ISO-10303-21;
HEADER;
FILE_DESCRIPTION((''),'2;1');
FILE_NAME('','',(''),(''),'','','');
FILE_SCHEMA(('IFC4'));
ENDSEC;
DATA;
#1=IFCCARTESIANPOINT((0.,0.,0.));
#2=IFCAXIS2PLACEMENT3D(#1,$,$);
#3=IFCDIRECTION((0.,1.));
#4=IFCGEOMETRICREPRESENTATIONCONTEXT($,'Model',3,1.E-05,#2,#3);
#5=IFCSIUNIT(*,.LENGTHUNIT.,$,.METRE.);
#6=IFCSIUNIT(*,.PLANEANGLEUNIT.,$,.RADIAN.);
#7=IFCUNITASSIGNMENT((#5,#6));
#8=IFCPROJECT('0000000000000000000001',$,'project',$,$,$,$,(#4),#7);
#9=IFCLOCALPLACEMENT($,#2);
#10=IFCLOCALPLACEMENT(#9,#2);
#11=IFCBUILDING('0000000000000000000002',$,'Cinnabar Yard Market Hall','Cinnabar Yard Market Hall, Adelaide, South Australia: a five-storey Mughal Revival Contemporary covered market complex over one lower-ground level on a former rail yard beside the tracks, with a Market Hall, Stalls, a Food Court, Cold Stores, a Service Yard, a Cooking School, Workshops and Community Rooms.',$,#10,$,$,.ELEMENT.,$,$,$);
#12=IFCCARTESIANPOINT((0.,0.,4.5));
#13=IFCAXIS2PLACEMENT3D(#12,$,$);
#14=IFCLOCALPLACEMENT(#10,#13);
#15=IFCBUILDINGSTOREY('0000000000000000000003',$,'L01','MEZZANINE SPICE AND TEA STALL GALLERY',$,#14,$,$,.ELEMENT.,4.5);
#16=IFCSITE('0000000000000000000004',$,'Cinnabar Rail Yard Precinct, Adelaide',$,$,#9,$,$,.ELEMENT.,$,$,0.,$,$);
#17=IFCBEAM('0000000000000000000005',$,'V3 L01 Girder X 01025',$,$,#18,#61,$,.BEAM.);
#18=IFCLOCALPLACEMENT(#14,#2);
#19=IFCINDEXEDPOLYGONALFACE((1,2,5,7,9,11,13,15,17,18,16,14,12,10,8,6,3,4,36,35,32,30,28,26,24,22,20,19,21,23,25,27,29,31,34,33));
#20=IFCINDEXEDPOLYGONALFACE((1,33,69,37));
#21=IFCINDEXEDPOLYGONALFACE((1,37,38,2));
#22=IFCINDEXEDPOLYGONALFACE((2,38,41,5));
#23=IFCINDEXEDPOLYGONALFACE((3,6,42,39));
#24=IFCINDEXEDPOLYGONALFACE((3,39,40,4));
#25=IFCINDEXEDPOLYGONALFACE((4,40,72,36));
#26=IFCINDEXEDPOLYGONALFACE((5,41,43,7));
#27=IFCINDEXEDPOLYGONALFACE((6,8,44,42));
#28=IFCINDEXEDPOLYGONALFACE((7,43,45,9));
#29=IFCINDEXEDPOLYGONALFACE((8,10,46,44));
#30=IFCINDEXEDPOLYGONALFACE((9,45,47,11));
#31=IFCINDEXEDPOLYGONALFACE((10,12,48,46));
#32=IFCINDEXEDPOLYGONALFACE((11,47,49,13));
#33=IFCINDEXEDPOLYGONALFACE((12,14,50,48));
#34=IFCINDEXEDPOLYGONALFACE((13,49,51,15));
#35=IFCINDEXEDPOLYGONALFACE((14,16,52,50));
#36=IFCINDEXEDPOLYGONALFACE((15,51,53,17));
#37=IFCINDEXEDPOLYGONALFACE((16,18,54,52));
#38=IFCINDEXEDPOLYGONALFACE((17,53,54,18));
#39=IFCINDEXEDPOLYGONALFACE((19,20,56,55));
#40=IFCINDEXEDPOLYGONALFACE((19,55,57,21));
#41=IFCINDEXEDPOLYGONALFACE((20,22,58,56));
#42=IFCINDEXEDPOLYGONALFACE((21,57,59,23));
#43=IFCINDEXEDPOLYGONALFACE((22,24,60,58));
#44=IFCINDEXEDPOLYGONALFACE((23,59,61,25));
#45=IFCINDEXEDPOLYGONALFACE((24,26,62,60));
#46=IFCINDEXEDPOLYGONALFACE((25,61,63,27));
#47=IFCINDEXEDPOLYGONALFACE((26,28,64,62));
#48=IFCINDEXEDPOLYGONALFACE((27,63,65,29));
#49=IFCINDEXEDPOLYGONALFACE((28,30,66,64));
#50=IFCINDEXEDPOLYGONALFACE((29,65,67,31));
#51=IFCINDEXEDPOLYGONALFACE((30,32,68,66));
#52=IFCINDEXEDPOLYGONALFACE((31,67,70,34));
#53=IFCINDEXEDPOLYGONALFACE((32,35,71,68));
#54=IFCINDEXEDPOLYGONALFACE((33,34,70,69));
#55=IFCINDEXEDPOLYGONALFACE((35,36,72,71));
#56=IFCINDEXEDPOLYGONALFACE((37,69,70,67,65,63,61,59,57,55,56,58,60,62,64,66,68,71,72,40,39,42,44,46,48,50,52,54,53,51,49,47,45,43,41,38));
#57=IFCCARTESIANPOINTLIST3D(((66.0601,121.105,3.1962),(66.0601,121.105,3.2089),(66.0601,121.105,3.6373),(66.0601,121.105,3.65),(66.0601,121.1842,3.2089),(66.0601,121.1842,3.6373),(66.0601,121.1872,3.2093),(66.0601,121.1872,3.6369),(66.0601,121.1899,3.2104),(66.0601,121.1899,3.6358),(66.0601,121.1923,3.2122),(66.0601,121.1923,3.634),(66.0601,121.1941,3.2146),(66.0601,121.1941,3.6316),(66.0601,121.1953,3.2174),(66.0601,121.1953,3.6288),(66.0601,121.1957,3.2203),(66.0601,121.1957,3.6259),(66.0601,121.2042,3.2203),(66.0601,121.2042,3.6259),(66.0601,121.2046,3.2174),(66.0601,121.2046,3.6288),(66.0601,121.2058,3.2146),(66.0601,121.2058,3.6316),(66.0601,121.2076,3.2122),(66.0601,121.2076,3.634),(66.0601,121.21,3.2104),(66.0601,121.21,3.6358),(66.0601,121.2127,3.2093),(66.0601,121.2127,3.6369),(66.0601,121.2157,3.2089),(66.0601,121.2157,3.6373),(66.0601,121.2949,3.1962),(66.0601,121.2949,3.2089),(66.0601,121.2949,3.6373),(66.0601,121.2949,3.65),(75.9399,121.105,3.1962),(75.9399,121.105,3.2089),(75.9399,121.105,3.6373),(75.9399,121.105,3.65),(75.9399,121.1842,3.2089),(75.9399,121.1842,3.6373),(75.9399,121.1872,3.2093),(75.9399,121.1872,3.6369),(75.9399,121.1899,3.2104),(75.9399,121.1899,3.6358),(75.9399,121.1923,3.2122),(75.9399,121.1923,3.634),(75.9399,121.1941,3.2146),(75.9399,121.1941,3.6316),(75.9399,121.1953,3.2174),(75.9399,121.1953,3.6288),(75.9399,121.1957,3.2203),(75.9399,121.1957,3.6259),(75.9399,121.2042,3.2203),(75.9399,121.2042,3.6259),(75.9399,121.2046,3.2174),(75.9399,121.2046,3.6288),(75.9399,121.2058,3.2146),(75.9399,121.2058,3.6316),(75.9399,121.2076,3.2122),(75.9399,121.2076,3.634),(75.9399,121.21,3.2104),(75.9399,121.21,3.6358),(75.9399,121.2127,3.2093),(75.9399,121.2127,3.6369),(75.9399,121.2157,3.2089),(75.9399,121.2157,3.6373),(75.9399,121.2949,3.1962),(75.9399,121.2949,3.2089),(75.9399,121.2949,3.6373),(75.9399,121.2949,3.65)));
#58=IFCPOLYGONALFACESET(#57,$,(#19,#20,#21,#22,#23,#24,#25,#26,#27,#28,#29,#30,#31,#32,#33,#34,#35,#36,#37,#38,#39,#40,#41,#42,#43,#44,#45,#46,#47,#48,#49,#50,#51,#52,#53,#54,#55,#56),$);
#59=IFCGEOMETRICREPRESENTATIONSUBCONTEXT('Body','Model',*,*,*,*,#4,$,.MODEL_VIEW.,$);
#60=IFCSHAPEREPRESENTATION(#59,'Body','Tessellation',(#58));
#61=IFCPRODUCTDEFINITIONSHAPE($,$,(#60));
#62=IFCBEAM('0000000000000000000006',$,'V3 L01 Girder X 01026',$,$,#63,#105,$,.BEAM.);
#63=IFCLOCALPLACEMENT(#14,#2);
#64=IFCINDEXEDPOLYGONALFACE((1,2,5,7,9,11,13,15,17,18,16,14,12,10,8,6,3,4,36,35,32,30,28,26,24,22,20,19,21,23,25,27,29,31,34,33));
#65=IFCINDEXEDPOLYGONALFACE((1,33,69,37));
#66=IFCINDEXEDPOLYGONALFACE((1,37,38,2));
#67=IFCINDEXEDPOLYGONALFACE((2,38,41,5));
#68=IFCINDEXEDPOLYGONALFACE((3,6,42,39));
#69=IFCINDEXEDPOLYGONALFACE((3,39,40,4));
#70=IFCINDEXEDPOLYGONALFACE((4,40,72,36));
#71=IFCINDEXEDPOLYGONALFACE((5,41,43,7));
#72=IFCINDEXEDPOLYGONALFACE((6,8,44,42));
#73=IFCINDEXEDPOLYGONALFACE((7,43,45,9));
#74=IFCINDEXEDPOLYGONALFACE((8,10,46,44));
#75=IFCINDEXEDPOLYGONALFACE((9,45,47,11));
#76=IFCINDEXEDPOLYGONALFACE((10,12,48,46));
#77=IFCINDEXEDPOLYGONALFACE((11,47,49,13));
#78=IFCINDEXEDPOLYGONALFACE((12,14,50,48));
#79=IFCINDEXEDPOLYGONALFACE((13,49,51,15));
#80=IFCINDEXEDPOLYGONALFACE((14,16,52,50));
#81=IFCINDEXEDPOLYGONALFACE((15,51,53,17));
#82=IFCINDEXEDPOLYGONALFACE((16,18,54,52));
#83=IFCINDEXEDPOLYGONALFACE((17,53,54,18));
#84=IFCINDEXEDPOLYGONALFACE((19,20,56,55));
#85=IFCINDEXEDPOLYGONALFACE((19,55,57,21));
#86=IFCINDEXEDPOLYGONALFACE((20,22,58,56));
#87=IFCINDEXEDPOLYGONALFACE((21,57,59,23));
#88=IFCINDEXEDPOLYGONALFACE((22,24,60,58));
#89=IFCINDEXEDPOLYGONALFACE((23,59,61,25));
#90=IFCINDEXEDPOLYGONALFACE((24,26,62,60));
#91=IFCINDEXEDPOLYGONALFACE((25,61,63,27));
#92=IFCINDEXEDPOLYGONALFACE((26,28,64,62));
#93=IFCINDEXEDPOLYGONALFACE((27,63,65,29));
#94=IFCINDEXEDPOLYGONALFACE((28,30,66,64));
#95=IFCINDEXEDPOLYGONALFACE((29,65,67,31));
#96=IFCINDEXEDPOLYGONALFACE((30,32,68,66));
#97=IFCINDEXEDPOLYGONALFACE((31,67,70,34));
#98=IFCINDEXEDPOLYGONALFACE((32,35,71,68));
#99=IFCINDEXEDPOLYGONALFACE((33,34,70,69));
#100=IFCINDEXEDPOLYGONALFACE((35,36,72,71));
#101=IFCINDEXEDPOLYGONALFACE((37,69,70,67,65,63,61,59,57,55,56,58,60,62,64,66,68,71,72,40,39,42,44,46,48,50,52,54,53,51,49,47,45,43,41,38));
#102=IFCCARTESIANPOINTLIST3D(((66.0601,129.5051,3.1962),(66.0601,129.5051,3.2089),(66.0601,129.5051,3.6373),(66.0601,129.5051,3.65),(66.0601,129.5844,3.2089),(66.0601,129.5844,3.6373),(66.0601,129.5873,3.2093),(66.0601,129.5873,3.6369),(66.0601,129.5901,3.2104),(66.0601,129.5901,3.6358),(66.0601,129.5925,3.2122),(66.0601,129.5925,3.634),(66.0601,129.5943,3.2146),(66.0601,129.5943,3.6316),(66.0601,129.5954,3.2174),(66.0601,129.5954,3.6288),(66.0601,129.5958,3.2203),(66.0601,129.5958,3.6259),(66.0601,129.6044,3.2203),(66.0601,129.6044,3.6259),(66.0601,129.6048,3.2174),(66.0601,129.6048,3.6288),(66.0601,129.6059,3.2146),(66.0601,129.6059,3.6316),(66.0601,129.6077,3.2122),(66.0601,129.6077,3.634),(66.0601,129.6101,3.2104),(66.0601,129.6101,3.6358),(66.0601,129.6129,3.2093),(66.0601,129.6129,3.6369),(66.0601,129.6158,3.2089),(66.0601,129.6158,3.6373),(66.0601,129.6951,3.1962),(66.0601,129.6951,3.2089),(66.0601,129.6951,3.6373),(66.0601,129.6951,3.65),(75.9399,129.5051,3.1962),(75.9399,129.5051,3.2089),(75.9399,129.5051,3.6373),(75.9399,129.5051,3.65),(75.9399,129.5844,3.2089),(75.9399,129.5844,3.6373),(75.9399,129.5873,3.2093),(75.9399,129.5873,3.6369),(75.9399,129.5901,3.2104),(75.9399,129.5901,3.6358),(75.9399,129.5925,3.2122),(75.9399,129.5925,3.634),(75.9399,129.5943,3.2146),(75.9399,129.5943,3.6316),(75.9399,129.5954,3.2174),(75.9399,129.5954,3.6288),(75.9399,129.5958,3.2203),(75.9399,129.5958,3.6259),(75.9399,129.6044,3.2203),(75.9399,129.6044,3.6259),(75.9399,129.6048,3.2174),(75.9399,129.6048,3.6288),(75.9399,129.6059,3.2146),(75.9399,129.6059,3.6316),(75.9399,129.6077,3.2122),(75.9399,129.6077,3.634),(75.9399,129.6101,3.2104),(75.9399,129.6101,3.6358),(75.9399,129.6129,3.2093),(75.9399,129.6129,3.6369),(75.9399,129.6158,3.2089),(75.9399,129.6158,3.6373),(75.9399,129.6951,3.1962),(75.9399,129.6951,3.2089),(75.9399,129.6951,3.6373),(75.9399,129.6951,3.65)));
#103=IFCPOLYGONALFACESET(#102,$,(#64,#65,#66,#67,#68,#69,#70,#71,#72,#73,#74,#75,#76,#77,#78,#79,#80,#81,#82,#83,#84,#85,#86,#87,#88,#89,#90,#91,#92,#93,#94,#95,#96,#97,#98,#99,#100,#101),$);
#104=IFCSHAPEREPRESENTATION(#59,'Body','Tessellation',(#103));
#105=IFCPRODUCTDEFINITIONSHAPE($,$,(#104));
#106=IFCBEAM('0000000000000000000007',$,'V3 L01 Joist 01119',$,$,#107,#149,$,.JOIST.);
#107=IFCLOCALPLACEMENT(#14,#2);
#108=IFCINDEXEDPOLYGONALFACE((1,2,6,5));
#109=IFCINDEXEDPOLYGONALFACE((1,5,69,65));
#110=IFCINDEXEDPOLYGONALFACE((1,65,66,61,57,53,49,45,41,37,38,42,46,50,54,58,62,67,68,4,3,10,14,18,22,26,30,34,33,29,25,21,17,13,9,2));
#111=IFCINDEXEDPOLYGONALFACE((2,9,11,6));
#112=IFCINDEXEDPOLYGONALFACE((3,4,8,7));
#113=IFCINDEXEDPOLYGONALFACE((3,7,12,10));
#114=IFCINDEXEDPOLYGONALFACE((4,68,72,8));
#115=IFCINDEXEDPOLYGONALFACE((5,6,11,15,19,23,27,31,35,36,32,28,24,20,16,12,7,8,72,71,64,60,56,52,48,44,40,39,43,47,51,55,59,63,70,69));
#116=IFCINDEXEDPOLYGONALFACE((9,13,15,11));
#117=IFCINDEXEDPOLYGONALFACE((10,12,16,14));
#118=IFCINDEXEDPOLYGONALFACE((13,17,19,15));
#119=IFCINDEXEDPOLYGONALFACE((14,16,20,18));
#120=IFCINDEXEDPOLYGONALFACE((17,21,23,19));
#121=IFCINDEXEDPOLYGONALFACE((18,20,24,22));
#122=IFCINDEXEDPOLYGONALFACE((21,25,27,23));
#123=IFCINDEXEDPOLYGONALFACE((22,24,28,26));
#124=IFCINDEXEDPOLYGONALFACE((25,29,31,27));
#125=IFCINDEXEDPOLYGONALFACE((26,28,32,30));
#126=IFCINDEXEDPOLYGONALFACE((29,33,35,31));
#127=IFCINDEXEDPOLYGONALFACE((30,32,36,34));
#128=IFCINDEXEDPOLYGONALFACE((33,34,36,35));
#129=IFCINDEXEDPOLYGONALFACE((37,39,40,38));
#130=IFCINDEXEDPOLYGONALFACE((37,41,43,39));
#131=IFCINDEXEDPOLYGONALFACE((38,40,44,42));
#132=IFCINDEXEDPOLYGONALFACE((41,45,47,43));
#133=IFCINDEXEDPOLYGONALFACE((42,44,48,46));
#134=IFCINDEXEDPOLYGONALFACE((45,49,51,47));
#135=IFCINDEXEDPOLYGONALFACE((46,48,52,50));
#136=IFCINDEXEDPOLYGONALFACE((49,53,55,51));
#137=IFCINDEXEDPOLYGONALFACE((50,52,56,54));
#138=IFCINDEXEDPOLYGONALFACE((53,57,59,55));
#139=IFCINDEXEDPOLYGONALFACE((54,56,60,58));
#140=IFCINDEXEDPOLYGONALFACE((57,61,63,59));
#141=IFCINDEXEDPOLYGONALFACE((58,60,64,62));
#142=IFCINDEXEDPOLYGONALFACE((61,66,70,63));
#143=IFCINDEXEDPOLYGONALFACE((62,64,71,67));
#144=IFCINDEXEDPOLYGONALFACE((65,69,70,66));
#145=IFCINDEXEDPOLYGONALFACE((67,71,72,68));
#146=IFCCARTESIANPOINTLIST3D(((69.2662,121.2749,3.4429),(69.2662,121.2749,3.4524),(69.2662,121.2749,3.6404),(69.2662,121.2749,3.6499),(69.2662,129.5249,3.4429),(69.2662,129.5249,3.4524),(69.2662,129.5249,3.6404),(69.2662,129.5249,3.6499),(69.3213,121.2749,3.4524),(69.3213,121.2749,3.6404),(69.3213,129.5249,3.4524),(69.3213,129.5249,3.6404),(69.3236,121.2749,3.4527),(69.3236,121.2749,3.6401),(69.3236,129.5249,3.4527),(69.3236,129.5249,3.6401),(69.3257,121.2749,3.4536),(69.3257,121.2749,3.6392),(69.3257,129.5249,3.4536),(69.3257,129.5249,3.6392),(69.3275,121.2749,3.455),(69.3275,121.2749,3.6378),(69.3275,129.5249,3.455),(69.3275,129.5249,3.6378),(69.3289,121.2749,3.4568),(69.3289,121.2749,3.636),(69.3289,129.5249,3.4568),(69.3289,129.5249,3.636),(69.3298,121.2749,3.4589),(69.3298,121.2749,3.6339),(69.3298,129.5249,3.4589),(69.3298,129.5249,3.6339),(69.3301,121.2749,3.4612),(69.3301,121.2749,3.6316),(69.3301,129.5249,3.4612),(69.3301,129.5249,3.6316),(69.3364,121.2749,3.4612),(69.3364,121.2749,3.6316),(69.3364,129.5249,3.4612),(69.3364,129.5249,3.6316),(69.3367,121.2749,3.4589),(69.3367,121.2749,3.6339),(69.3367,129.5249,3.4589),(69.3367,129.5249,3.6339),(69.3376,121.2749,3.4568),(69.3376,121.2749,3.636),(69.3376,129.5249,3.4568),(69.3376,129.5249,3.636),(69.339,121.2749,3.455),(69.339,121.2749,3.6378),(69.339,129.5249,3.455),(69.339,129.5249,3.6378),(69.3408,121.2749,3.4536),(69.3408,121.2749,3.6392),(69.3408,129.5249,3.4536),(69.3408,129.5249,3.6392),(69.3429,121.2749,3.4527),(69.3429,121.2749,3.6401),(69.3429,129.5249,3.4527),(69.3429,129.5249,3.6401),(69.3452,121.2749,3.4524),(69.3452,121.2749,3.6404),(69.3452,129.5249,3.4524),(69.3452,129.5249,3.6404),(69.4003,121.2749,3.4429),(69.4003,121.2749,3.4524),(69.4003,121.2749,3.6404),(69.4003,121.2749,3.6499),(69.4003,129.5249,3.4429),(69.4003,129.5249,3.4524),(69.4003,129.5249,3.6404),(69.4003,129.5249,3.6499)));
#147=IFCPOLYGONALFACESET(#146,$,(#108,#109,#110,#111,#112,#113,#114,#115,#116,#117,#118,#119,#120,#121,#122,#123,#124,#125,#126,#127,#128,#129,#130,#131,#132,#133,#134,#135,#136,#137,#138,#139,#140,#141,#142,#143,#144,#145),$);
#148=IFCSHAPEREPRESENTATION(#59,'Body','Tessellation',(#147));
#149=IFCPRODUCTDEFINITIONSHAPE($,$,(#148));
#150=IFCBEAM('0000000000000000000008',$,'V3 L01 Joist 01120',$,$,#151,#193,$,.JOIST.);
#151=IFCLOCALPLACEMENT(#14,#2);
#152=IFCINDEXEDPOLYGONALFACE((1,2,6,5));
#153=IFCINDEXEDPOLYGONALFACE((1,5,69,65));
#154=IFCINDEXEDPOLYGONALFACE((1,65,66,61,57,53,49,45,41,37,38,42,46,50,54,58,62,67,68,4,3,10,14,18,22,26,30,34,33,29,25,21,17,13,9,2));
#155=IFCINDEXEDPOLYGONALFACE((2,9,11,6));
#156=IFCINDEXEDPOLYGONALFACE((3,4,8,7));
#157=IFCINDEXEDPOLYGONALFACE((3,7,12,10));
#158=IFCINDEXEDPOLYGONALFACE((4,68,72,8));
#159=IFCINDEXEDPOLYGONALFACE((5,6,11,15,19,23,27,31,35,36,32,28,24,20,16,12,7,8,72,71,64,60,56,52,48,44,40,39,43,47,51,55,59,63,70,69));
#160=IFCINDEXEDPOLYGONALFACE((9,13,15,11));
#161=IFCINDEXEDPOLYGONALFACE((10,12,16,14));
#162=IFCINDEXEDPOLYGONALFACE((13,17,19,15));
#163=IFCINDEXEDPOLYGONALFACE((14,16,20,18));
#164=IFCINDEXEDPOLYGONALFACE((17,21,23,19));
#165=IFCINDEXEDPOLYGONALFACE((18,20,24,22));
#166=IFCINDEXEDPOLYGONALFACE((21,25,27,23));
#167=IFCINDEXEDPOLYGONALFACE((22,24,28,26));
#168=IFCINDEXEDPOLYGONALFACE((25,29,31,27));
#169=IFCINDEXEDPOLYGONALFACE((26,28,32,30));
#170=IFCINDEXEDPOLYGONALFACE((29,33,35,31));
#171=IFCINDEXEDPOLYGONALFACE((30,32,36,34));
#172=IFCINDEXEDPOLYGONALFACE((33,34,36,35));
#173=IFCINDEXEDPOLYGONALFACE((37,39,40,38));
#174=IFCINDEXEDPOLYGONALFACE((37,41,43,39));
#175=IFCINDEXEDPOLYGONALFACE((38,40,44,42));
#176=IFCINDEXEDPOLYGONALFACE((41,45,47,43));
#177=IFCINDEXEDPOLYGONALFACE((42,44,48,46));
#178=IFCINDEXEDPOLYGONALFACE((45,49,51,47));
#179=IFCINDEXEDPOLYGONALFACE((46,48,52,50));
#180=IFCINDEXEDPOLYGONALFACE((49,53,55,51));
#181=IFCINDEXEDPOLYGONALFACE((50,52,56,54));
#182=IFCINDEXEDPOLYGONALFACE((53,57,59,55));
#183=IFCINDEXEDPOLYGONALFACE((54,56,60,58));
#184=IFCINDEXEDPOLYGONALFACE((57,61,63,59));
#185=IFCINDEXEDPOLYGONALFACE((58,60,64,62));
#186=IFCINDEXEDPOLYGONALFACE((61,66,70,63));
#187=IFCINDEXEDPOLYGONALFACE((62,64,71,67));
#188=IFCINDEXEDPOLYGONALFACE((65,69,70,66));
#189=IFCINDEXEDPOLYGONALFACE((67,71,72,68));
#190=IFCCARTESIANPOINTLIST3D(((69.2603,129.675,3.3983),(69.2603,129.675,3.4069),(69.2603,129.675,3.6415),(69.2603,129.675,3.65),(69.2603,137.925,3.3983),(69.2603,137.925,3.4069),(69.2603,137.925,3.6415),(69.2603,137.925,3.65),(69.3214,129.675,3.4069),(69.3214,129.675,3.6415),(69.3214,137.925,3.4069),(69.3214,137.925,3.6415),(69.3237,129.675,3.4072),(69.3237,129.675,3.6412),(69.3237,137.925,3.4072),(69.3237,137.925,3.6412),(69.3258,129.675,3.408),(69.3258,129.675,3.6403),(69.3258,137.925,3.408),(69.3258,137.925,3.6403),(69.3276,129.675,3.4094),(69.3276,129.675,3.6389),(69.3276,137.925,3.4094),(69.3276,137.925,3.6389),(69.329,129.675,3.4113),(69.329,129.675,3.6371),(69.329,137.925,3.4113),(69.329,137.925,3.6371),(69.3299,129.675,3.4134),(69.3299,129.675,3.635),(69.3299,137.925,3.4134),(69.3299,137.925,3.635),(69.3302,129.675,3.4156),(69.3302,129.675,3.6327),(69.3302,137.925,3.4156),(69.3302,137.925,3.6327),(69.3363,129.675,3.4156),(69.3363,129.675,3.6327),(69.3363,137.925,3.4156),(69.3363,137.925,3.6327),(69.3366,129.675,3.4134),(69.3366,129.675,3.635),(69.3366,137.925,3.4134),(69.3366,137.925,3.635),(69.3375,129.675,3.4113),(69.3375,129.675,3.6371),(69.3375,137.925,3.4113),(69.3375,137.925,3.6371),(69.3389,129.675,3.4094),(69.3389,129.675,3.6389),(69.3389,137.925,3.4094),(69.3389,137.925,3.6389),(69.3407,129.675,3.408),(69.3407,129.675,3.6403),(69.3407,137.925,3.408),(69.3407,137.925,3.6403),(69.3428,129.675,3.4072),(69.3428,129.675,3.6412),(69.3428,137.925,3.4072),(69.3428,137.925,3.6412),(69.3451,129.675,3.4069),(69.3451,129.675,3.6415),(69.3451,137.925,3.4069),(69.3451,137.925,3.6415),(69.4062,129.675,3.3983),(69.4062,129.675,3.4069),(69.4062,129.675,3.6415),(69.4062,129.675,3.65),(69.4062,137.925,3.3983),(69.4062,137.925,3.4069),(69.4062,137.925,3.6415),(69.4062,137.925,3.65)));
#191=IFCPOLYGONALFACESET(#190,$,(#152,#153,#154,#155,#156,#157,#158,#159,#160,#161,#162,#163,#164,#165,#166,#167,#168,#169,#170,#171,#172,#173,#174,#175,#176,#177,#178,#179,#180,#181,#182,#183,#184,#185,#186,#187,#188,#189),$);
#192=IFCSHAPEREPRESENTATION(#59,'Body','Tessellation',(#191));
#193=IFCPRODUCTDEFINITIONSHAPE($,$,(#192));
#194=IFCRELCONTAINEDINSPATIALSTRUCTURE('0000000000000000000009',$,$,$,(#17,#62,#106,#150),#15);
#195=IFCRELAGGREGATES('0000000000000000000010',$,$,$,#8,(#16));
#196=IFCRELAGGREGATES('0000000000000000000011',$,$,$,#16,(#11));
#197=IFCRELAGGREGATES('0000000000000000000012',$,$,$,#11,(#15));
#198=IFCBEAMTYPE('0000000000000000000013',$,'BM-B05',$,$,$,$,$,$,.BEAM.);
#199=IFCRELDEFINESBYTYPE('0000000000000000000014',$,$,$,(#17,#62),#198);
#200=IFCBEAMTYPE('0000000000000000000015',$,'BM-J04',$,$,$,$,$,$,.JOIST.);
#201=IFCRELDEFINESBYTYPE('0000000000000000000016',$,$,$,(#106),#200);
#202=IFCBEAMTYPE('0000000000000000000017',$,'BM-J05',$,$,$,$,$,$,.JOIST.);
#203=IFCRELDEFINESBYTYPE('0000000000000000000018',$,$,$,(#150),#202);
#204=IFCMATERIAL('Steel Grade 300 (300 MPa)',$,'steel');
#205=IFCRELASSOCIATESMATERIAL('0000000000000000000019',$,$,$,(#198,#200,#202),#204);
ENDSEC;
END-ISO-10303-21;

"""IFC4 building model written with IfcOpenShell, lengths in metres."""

from ifc_helpers import new_model, si_unit, direction, frame, origin, origin_2d_with_axis, place, context, subcontext, project, spatial, i_section, extrude, material, material_profile, profile_set, type_object, element, save


model = new_model("IFC4")

# Units and contexts
model_context = context("Model", 3, precision=1e-05, world=origin(), true_north=direction((0.0, 1.0)))
body_context = subcontext(model_context, "Body", "Model", "MODEL_VIEW")
ifc_project = project(units=[si_unit("LENGTHUNIT", "METRE"), si_unit("PLANEANGLEUNIT", "RADIAN")], contexts=[model_context])

# Site, building, storey
site_placement = place(None, origin())
site = spatial("IfcSite", under=ifc_project, at=site_placement, Name="Cinnabar Rail Yard Precinct, Adelaide", CompositionType="ELEMENT", RefElevation=0.0)
building_placement = place(site_placement, origin())
building = spatial("IfcBuilding", under=site, at=building_placement, Name="Cinnabar Yard Market Hall", Description="Cinnabar Yard Market Hall, Adelaide, South Australia: a five-storey Mughal Revival Contemporary covered market complex over one lower-ground level on a former rail yard beside the tracks, with a Market Hall, Stalls, a Food Court, Cold Stores, a Service Yard, a Cooking School, Workshops and Community Rooms.", CompositionType="ELEMENT")
storey_placement = place(building_placement, frame((0.0, 0.0, 4.5)))
storey = spatial("IfcBuildingStorey", under=building, at=storey_placement, Name="L01", Description="MEZZANINE SPICE AND TEA STALL GALLERY", CompositionType="ELEMENT", Elevation=4.5)

# Shared definitions
ifc_material_1 = material(Name="Steel Grade 300 (300 MPa)", Category="steel")

# Beams
ifc_material_profile_1 = material_profile(ifc_material_1, i_section(OverallWidth=0.1899, OverallDepth=0.4539, WebThickness=0.0085, FlangeThickness=0.0127, FilletRadius=0.0115, at=origin_2d_with_axis()), Name="460UB67.1")
ifc_profile_set_1 = profile_set([ifc_material_profile_1], Name="Steel Grade 300 (300 MPa)")
beam_type_1 = type_object("IfcBeamType", Name="BM-B05", PredefinedType="BEAM", material=ifc_profile_set_1)
for number, where, z_axis, x_axis, name in (
    (1, (66.0601, 121.2, 3.4231), (1.0, 0.0, 0.0), (0.0, 1.0, 0.0), "V3 L01 Girder X 01025"),
    (2, (66.0601, 129.6001, 3.4231), (1.0, 0.0, 0.0), (0.0, 1.0, 0.0), "V3 L01 Girder X 01026"),
):
    element("IfcBeam", number, at=place(storey_placement, frame(where, z_axis=z_axis, x_axis=x_axis)), inside=storey, type_object=beam_type_1, Name=name, PredefinedType="BEAM", context=body_context, shape_type="SweptSolid", body=[
        extrude(i_section(OverallWidth=0.1899, OverallDepth=0.4539, WebThickness=0.0085, FlangeThickness=0.0127, FilletRadius=0.0115, at=origin_2d_with_axis()), origin(), (0.0, 0.0, 1.0), 9.8799),
    ])
ifc_material_profile_2 = material_profile(ifc_material_1, i_section(OverallWidth=0.134, OverallDepth=0.207, WebThickness=0.0063, FlangeThickness=0.0095, FilletRadius=0.0088, at=origin_2d_with_axis()), Name="200UB29.8")
ifc_profile_set_2 = profile_set([ifc_material_profile_2], Name="Steel Grade 300 (300 MPa)")
beam_type_2 = type_object("IfcBeamType", Name="BM-J04", PredefinedType="JOIST", material=ifc_profile_set_2)
beam_1_placement = place(storey_placement, frame((69.3333, 121.2749, 3.5464), z_axis=(0.0, 1.0, 0.0), x_axis=(-1.0, 0.0, 0.0)))
element("IfcBeam", 3, at=beam_1_placement, inside=storey, type_object=beam_type_2, Name="V3 L01 Joist 01119", PredefinedType="JOIST", context=body_context, shape_type="SweptSolid", body=[
    extrude(i_section(OverallWidth=0.134, OverallDepth=0.207, WebThickness=0.0063, FlangeThickness=0.0095, FilletRadius=0.0088, at=origin_2d_with_axis()), origin(), (0.0, 0.0, 1.0), 8.25),
])
ifc_material_profile_3 = material_profile(ifc_material_1, i_section(OverallWidth=0.146, OverallDepth=0.2517, WebThickness=0.0061, FlangeThickness=0.0085, FilletRadius=0.0088, at=origin_2d_with_axis()), Name="250UB31.4")
ifc_profile_set_3 = profile_set([ifc_material_profile_3], Name="Steel Grade 300 (300 MPa)")
beam_type_3 = type_object("IfcBeamType", Name="BM-J05", PredefinedType="JOIST", material=ifc_profile_set_3)
beam_2_placement = place(storey_placement, frame((69.3333, 129.675, 3.5242), z_axis=(0.0, 1.0, 0.0), x_axis=(-1.0, 0.0, 0.0)))
element("IfcBeam", 4, at=beam_2_placement, inside=storey, type_object=beam_type_3, Name="V3 L01 Joist 01120", PredefinedType="JOIST", context=body_context, shape_type="SweptSolid", body=[
    extrude(i_section(OverallWidth=0.146, OverallDepth=0.2517, WebThickness=0.0061, FlangeThickness=0.0085, FilletRadius=0.0088, at=origin_2d_with_axis()), origin(), (0.0, 0.0, 1.0), 8.25),
])

save(model, "model.ifc")
